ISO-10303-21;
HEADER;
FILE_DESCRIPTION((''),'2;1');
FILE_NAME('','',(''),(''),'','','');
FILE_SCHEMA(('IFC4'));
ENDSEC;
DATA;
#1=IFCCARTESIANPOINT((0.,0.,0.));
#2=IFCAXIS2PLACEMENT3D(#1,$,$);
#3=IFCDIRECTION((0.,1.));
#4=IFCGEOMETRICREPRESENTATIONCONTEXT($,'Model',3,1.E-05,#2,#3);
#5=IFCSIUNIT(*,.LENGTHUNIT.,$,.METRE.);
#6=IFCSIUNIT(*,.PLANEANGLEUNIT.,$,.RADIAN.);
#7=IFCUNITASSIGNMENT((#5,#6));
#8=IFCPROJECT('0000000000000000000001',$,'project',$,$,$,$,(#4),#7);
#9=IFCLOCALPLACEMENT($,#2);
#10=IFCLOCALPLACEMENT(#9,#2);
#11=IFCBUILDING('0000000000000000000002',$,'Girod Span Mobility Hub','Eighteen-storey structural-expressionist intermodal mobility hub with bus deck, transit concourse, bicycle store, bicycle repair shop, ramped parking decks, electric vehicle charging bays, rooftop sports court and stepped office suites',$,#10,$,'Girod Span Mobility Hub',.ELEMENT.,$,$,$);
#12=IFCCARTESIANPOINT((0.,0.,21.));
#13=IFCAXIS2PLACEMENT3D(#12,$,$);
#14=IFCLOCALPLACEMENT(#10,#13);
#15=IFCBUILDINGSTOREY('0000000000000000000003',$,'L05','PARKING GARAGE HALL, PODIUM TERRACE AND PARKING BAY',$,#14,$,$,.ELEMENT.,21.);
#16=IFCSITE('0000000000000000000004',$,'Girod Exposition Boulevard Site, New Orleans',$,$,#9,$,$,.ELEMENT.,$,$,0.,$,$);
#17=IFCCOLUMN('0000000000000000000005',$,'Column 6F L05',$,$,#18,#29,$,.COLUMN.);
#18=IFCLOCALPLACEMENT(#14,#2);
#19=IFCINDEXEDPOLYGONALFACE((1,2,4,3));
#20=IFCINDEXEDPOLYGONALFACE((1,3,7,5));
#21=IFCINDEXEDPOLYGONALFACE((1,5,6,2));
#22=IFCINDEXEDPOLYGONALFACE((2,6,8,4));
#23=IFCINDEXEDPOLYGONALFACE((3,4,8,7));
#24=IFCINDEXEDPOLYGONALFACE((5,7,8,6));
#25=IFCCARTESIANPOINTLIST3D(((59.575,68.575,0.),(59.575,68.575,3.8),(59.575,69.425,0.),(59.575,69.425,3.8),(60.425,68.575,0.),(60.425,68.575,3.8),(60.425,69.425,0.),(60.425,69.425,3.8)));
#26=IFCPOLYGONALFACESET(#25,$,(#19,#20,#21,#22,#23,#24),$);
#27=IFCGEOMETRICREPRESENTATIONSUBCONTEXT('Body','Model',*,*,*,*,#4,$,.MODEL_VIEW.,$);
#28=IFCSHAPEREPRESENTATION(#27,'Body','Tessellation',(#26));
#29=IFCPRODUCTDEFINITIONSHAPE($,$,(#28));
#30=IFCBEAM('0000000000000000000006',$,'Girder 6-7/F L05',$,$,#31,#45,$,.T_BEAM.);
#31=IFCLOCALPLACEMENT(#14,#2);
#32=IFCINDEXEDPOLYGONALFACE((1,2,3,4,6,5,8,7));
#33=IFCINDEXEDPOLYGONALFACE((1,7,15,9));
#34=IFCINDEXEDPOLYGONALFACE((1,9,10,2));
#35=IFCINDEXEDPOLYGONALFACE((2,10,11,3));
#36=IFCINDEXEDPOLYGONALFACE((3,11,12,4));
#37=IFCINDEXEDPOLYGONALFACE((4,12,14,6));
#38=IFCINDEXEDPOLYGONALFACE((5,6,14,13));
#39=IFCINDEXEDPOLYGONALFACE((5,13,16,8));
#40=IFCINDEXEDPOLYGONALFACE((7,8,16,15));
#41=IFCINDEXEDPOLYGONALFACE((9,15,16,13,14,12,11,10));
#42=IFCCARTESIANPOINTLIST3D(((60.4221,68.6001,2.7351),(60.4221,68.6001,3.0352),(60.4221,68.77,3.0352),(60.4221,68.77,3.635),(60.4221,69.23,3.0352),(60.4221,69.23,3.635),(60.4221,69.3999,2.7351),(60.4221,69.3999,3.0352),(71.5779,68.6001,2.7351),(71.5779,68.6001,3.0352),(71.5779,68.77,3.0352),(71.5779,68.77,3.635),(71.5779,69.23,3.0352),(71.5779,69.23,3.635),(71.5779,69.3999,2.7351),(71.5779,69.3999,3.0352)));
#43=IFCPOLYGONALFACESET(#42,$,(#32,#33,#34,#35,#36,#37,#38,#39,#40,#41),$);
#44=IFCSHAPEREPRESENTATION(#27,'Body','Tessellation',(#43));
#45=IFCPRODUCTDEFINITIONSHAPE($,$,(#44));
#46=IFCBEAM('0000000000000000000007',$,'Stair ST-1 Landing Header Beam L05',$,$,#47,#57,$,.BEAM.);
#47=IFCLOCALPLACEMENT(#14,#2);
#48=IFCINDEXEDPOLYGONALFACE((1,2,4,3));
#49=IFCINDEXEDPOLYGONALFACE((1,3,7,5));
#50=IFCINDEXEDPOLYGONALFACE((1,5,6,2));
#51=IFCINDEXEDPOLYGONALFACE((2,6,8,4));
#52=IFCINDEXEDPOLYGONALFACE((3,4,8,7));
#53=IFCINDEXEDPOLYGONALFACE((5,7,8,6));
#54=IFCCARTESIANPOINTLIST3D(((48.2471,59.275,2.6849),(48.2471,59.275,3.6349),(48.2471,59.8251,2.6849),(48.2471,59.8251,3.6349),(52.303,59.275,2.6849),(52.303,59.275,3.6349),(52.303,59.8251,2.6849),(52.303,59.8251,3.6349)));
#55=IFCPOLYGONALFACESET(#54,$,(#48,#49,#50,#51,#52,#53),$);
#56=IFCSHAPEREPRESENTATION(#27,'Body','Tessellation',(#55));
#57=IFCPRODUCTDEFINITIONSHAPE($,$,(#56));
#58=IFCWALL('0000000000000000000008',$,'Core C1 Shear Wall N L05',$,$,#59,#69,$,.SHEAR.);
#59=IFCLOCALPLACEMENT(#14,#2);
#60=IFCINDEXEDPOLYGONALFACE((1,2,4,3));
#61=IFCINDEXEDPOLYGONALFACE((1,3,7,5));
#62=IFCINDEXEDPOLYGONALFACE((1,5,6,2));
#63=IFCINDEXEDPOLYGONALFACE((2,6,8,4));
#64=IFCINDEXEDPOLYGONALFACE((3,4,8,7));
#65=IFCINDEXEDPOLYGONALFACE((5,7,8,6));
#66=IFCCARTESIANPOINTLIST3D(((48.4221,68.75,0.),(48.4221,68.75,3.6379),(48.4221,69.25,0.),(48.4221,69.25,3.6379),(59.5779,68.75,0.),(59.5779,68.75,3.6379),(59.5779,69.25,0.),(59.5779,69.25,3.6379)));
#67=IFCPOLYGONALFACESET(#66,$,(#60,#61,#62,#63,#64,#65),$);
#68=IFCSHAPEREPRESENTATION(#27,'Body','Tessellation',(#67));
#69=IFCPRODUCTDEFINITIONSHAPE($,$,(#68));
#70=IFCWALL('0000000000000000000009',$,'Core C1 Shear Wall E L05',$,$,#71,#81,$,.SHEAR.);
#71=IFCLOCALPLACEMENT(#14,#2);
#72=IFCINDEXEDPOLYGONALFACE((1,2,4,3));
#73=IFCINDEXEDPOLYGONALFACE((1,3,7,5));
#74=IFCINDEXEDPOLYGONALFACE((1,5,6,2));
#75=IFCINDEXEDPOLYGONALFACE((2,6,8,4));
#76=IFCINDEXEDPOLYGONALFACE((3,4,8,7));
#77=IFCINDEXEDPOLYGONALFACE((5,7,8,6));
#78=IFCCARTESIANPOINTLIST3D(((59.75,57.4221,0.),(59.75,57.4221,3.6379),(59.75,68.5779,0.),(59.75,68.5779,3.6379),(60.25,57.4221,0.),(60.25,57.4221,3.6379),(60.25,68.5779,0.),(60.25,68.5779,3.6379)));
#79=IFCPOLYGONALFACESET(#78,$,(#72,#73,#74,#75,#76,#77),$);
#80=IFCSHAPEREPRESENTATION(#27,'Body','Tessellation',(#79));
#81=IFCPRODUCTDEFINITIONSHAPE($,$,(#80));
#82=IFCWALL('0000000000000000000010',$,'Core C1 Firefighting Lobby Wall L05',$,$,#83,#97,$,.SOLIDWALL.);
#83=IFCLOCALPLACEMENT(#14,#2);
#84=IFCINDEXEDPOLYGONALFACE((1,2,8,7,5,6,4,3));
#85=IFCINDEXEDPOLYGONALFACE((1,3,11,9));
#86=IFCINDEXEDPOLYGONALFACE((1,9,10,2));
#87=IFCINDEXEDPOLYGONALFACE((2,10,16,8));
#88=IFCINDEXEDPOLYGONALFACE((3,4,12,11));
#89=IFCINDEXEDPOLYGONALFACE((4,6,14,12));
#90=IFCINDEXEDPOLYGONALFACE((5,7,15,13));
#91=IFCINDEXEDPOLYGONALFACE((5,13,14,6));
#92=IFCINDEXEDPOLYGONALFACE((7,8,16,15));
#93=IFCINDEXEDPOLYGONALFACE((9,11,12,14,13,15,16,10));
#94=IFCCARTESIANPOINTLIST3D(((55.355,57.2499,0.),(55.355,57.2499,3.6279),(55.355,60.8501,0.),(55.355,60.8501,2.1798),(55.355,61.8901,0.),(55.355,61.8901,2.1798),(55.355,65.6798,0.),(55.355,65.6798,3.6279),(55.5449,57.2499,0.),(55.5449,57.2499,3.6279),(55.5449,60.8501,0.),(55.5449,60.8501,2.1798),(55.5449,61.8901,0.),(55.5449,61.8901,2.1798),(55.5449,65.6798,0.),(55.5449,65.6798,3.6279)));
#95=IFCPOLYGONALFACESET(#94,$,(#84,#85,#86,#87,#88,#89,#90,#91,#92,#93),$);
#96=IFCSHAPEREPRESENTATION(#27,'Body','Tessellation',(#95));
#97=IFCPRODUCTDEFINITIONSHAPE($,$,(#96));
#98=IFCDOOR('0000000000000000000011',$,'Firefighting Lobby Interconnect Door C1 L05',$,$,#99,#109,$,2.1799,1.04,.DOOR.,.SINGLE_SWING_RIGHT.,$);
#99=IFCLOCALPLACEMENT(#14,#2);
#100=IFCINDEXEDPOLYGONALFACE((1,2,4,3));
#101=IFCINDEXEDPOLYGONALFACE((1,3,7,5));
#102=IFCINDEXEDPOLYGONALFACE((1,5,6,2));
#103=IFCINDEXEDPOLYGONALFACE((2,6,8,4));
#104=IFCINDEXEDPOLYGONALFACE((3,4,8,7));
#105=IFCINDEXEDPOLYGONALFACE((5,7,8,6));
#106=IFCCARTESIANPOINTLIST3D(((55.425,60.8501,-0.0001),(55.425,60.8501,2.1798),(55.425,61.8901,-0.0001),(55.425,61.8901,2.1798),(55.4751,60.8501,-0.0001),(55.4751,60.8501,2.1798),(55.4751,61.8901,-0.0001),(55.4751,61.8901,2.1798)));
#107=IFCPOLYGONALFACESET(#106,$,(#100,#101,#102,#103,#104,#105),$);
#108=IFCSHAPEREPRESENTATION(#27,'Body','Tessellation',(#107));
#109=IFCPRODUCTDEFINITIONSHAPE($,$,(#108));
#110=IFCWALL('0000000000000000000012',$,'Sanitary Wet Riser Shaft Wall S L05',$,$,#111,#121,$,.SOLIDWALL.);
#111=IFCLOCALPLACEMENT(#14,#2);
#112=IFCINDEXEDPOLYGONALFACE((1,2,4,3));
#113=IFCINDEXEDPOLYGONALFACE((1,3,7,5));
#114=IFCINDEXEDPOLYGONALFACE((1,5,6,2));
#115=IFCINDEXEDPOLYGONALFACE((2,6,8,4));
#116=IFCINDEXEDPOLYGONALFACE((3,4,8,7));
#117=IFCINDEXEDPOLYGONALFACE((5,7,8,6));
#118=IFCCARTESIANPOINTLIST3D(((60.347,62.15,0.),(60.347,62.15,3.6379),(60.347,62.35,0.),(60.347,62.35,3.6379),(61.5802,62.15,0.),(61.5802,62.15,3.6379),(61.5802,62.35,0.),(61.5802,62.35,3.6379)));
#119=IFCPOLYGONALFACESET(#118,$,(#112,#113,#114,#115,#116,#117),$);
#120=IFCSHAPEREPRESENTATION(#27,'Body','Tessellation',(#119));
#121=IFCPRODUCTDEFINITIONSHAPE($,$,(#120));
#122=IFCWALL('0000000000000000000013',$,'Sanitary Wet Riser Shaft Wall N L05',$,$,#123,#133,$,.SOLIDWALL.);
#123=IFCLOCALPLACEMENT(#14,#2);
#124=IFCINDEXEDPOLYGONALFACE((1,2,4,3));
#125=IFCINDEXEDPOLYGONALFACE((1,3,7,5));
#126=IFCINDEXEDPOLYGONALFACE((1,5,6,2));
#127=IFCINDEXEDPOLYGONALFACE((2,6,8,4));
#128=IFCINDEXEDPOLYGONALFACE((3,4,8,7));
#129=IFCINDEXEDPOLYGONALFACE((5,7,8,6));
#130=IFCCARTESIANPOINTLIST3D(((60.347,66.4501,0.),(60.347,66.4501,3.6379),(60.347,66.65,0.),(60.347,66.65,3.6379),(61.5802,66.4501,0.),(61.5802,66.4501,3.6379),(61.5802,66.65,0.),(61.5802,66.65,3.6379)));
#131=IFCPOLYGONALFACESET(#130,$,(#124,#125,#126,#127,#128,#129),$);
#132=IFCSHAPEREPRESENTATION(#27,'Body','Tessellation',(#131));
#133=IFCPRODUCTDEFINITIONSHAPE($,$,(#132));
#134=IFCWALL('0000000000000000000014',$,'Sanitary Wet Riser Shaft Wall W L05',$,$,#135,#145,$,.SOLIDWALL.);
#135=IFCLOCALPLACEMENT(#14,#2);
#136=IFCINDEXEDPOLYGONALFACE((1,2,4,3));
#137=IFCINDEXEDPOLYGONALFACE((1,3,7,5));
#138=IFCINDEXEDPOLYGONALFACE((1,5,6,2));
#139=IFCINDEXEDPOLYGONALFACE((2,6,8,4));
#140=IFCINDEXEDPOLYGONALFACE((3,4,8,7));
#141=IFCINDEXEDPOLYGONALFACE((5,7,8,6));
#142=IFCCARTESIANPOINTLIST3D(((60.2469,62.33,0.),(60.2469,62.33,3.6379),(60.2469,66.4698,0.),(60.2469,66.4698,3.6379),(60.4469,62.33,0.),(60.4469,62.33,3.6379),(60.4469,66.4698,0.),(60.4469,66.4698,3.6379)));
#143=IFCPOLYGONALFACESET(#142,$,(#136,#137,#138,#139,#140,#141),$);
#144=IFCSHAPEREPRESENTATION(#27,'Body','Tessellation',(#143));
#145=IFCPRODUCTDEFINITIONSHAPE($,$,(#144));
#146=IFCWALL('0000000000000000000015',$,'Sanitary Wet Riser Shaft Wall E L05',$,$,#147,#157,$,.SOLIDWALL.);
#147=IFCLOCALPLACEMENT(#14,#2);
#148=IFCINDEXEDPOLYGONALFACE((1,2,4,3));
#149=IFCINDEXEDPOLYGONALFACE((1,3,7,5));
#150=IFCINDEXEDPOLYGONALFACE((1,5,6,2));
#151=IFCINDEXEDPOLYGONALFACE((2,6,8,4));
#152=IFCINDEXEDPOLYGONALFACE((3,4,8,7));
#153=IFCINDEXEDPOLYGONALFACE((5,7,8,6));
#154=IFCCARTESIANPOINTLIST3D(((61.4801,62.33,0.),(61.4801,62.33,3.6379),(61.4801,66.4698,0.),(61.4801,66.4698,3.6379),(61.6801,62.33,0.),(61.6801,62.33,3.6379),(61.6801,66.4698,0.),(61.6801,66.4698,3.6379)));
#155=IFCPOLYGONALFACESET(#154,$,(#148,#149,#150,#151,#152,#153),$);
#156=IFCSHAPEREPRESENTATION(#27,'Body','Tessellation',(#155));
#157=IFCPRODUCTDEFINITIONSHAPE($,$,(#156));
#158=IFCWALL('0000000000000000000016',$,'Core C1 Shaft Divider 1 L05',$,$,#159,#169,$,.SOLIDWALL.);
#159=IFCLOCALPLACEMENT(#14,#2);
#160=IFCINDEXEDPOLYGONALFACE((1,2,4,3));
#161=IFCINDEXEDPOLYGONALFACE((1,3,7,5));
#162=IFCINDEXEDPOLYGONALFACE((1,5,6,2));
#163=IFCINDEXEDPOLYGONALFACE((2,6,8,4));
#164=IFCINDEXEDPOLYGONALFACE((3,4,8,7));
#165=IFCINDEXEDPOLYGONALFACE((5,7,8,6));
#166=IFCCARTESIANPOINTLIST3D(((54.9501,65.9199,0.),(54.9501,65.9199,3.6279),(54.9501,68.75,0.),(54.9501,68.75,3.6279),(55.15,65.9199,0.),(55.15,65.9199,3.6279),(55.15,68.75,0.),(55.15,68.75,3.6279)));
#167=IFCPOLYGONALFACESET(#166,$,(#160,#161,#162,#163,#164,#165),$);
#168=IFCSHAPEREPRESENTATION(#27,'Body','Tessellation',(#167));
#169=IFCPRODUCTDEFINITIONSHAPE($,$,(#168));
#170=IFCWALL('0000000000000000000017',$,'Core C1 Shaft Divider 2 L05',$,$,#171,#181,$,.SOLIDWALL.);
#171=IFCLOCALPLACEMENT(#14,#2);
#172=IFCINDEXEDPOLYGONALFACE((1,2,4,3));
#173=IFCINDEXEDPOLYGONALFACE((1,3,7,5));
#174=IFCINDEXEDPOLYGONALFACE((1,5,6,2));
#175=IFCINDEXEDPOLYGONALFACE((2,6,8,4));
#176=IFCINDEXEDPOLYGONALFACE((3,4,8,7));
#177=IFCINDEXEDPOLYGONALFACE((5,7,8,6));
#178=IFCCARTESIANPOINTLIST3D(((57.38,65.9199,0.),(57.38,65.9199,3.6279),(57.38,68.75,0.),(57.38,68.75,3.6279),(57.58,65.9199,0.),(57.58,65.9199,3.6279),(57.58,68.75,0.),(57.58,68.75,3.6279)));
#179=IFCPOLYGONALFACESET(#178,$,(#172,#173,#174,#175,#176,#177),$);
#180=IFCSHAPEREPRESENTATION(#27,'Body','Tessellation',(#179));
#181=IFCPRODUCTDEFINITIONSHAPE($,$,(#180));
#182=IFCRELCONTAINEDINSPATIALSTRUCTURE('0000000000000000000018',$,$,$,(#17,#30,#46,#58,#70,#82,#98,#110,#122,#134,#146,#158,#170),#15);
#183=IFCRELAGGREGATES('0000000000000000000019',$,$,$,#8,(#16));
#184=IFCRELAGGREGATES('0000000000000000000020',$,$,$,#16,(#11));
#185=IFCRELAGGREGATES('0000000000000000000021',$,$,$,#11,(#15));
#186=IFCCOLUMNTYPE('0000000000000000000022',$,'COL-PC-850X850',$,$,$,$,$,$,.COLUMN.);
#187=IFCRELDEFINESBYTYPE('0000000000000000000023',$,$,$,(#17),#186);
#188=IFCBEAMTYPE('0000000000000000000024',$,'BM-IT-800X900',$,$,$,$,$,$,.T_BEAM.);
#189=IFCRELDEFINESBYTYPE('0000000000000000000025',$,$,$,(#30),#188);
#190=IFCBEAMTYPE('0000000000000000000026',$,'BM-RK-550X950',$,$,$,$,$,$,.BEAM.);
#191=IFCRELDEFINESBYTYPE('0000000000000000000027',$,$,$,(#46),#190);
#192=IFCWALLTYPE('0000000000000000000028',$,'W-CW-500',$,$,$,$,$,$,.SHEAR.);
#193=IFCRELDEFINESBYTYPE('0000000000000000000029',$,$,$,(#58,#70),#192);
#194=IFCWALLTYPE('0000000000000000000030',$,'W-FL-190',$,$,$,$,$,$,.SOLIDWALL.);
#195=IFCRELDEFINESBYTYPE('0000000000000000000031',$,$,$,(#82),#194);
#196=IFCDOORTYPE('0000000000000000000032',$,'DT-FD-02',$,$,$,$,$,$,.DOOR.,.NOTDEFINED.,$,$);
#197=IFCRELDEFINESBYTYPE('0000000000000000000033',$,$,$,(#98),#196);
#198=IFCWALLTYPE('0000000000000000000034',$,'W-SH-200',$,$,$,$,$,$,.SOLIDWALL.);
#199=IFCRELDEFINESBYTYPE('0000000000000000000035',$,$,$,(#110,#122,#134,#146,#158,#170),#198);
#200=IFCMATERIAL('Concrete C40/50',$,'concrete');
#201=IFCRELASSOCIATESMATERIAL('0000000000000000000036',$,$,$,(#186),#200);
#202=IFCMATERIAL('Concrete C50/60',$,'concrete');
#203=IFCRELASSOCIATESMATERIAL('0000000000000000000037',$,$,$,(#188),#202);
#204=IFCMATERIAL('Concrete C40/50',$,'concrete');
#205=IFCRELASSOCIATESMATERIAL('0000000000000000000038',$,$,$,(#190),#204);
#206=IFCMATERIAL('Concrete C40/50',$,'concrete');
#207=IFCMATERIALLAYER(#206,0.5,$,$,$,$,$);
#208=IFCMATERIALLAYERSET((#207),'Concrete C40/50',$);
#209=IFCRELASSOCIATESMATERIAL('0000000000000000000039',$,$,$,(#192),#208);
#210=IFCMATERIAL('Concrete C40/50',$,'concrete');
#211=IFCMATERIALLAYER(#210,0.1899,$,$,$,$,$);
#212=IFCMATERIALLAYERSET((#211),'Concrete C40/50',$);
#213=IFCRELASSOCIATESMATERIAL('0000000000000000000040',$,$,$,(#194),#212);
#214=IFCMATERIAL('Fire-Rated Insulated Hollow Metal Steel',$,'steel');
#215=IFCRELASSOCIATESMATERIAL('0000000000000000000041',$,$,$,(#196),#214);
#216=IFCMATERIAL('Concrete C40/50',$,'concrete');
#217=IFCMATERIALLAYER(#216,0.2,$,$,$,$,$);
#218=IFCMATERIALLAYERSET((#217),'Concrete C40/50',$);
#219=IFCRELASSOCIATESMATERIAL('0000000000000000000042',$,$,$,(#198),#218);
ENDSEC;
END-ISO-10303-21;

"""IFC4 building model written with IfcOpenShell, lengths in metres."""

from ifc_helpers import new_model, si_unit, direction, frame, frame_2d, origin, origin_2d, place, context, subcontext, project, spatial, polyline, rectangle, outline, extrude, material, layer, layer_set, material_profile, profile_set, type_object, element, fill, save


model = new_model("IFC4")

# Units and contexts
model_context = context("Model", 3, precision=1e-05, world=origin(), true_north=direction((0.0, 1.0)))
body_context = subcontext(model_context, "Body", "Model", "MODEL_VIEW")
ifc_project = project(units=[si_unit("LENGTHUNIT", "METRE"), si_unit("PLANEANGLEUNIT", "RADIAN")], contexts=[model_context])

# Site, building, storey
site_placement = place(None, origin())
site = spatial("IfcSite", under=ifc_project, at=site_placement, Name="Girod Exposition Boulevard Site, New Orleans", CompositionType="ELEMENT", RefElevation=0.0)
building_placement = place(site_placement, origin())
building = spatial("IfcBuilding", under=site, at=building_placement, Name="Girod Span Mobility Hub", Description="Eighteen-storey structural-expressionist intermodal mobility hub with bus deck, transit concourse, bicycle store, bicycle repair shop, ramped parking decks, electric vehicle charging bays, rooftop sports court and stepped office suites", LongName="Girod Span Mobility Hub", CompositionType="ELEMENT")
storey_placement = place(building_placement, frame((0.0, 0.0, 21.0)))
storey = spatial("IfcBuildingStorey", under=building, at=storey_placement, Name="L05", Description="PARKING GARAGE HALL, PODIUM TERRACE AND PARKING BAY", CompositionType="ELEMENT", Elevation=21.0)

# Column
ifc_material_1 = material(Name="Concrete C40/50", Category="concrete")
ifc_material_profile_1 = material_profile(ifc_material_1, rectangle(XDim=0.8501, YDim=0.8501, at=origin_2d()), Name="PC-COL-850X850")
ifc_profile_set_1 = profile_set([ifc_material_profile_1], Name="Concrete C40/50")
column_type = type_object("IfcColumnType", Name="COL-PC-850X850", PredefinedType="COLUMN", material=ifc_profile_set_1)
column_placement = place(storey_placement, frame((60.0, 69.0, 0.0), z_axis=(0.0, 0.0, 1.0), x_axis=(1.0, 0.0, 0.0)))
element("IfcColumn", 1, at=column_placement, inside=storey, type_object=column_type, Name="Column 6F L05", PredefinedType="COLUMN", context=body_context, shape_type="SweptSolid", body=[
    extrude(rectangle(XDim=0.8501, YDim=0.8501, at=origin_2d()), origin(), (0.0, 0.0, 1.0), 3.8),
])

# Beams
ifc_material_2 = material(Name="Concrete C50/60", Category="concrete")
ifc_material_profile_2 = material_profile(ifc_material_2, outline(polyline([(-0.3999, -0.45), (0.3999, -0.45), (0.3999, -0.1499), (0.23, -0.1499), (0.23, 0.45), (-0.23, 0.45), (-0.23, -0.1499), (-0.3999, -0.1499), (-0.3999, -0.45)])), Name="IT-800X900")
ifc_profile_set_2 = profile_set([ifc_material_profile_2], Name="Concrete C50/60")
beam_type_1 = type_object("IfcBeamType", Name="BM-IT-800X900", PredefinedType="T_BEAM", material=ifc_profile_set_2)
beam_1_placement = place(storey_placement, frame((60.4221, 69.0, 3.1851), z_axis=(1.0, 0.0, 0.0), x_axis=(0.0, 1.0, 0.0)))
element("IfcBeam", 2, at=beam_1_placement, inside=storey, type_object=beam_type_1, Name="Girder 6-7/F L05", PredefinedType="T_BEAM", context=body_context, shape_type="SweptSolid", body=[
    extrude(outline(polyline([(-0.3999, -0.45), (0.3999, -0.45), (0.3999, -0.1499), (0.23, -0.1499), (0.23, 0.45), (-0.23, 0.45), (-0.23, -0.1499), (-0.3999, -0.1499), (-0.3999, -0.45)])), origin(), (0.0, 0.0, 1.0), 11.1558),
])
ifc_material_3 = material(Name="Concrete C40/50", Category="concrete")
ifc_material_profile_3 = material_profile(ifc_material_3, rectangle(XDim=0.55, YDim=0.95, at=origin_2d()), Name="RK-550X950")
ifc_profile_set_3 = profile_set([ifc_material_profile_3], Name="Concrete C40/50")
beam_type_2 = type_object("IfcBeamType", Name="BM-RK-550X950", PredefinedType="BEAM", material=ifc_profile_set_3)
beam_2_placement = place(storey_placement, frame((48.2471, 59.55, 3.1599), z_axis=(1.0, 0.0, 0.0), x_axis=(0.0, 1.0, 0.0)))
element("IfcBeam", 3, at=beam_2_placement, inside=storey, type_object=beam_type_2, Name="Stair ST-1 Landing Header Beam L05", PredefinedType="BEAM", context=body_context, shape_type="SweptSolid", body=[
    extrude(rectangle(XDim=0.55, YDim=0.95, at=origin_2d()), origin(), (0.0, 0.0, 1.0), 4.0559),
])

# Walls
ifc_material_4 = material(Name="Concrete C40/50", Category="concrete")
ifc_layer_1 = layer(ifc_material_4, 0.5)
ifc_layer_set_1 = layer_set([ifc_layer_1], Name="Concrete C40/50")
wall_type_1 = type_object("IfcWallType", Name="W-CW-500", PredefinedType="SHEAR", material=ifc_layer_set_1)
for number, where, z_axis, x_axis, name in (
    (4, (48.4221, 69.0, 0.0), (0.0, 0.0, 1.0), (1.0, 0.0, 0.0), "Core C1 Shear Wall N L05"),
    (5, (60.0, 57.4221, 0.0), (0.0, 0.0, 1.0), (0.0, 1.0, 0.0), "Core C1 Shear Wall E L05"),
):
    element("IfcWall", number, at=place(storey_placement, frame(where, z_axis=z_axis, x_axis=x_axis)), inside=storey, type_object=wall_type_1, Name=name, PredefinedType="SHEAR", context=body_context, shape_type="SweptSolid", body=[
        extrude(rectangle(XDim=11.1558, YDim=0.5, at=frame_2d((5.5779, 0.0))), origin(), (0.0, 0.0, 1.0), 3.6379),
    ])

# Wall, opening, door
ifc_material_5 = material(Name="Concrete C40/50", Category="concrete")
ifc_layer_2 = layer(ifc_material_5, 0.1899)
ifc_layer_set_2 = layer_set([ifc_layer_2], Name="Concrete C40/50")
wall_type_2 = type_object("IfcWallType", Name="W-FL-190", PredefinedType="SOLIDWALL", material=ifc_layer_set_2)
wall_1_placement = place(storey_placement, frame((55.45, 57.25, 0.0), z_axis=(0.0, 0.0, 1.0), x_axis=(0.0, 1.0, 0.0)))
wall_1 = element("IfcWall", 6, at=wall_1_placement, inside=storey, type_object=wall_type_2, Name="Core C1 Firefighting Lobby Wall L05", PredefinedType="SOLIDWALL", context=body_context, shape_type="SweptSolid", body=[
    extrude(rectangle(XDim=8.4299, YDim=0.1899, at=frame_2d((4.2148, 0.0))), origin(), (0.0, 0.0, 1.0), 3.6279),
])
opening_1_placement = place(wall_1_placement, frame((3.6001, 0.0, 0.0)))
opening_1 = element("IfcOpeningElement", 7, at=opening_1_placement, cuts=wall_1, PredefinedType="OPENING", context=body_context, shape_type="SweptSolid", body=[
    extrude(rectangle(XDim=1.04, YDim=2.1799, at=frame_2d((0.52, 1.0898))), frame((0.0, 0.1099, 0.0), z_axis=(0.0, -1.0, 0.0), x_axis=(1.0, 0.0, 0.0)), (0.0, 0.0, 1.0), 0.22),
])
ifc_material_6 = material(Name="Fire-Rated Insulated Hollow Metal Steel", Category="steel")
door_type_1 = type_object("IfcDoorType", Name="DT-FD-02", OperationType="NOTDEFINED", PredefinedType="DOOR", material=ifc_material_6)
door_1_placement = place(opening_1_placement, origin())
door_1 = element("IfcDoor", 8, at=door_1_placement, inside=storey, type_object=door_type_1, Name="Firefighting Lobby Interconnect Door C1 L05", OperationType="SINGLE_SWING_RIGHT", OverallHeight=2.1799, OverallWidth=1.04, PredefinedType="DOOR", context=body_context, shape_type="SweptSolid", body=[
    extrude(rectangle(XDim=1.04, YDim=2.1799, at=frame_2d((0.52, 1.0898))), frame((0.0, 0.0249, 0.0), z_axis=(0.0, -1.0, 0.0), x_axis=(1.0, 0.0, 0.0)), (0.0, 0.0, 1.0), 0.05),
])
fill(opening_1, door_1)

# Walls
ifc_material_7 = material(Name="Concrete C40/50", Category="concrete")
ifc_layer_3 = layer(ifc_material_7, 0.2)
ifc_layer_set_3 = layer_set([ifc_layer_3], Name="Concrete C40/50")
wall_type_3 = type_object("IfcWallType", Name="W-SH-200", PredefinedType="SOLIDWALL", material=ifc_layer_set_3)
for number, where, z_axis, x_axis, name in (
    (9, (60.3469, 62.25, 0.0), (0.0, 0.0, 1.0), (1.0, 0.0, 0.0), "Sanitary Wet Riser Shaft Wall S L05"),
    (10, (60.3469, 66.55, 0.0), (0.0, 0.0, 1.0), (1.0, 0.0, 0.0), "Sanitary Wet Riser Shaft Wall N L05"),
):
    element("IfcWall", number, at=place(storey_placement, frame(where, z_axis=z_axis, x_axis=x_axis)), inside=storey, type_object=wall_type_3, Name=name, PredefinedType="SOLIDWALL", context=body_context, shape_type="SweptSolid", body=[
        extrude(rectangle(XDim=1.2332, YDim=0.2, at=frame_2d((0.6167, 0.0))), origin(), (0.0, 0.0, 1.0), 3.6379),
    ])
for number, where, z_axis, x_axis, name in (
    (11, (60.3469, 62.3301, 0.0), (0.0, 0.0, 1.0), (0.0, 1.0, 0.0), "Sanitary Wet Riser Shaft Wall W L05"),
    (12, (61.5801, 62.3301, 0.0), (0.0, 0.0, 1.0), (0.0, 1.0, 0.0), "Sanitary Wet Riser Shaft Wall E L05"),
):
    element("IfcWall", number, at=place(storey_placement, frame(where, z_axis=z_axis, x_axis=x_axis)), inside=storey, type_object=wall_type_3, Name=name, PredefinedType="SOLIDWALL", context=body_context, shape_type="SweptSolid", body=[
        extrude(rectangle(XDim=4.1399, YDim=0.2, at=frame_2d((2.0698, 0.0))), origin(), (0.0, 0.0, 1.0), 3.6379),
    ])
for number, where, z_axis, x_axis, name in (
    (13, (55.05, 65.9199, 0.0), (0.0, 0.0, 1.0), (0.0, 1.0, 0.0), "Core C1 Shaft Divider 1 L05"),
    (14, (57.48, 65.9199, 0.0), (0.0, 0.0, 1.0), (0.0, 1.0, 0.0), "Core C1 Shaft Divider 2 L05"),
):
    element("IfcWall", number, at=place(storey_placement, frame(where, z_axis=z_axis, x_axis=x_axis)), inside=storey, type_object=wall_type_3, Name=name, PredefinedType="SOLIDWALL", context=body_context, shape_type="SweptSolid", body=[
        extrude(rectangle(XDim=2.8301, YDim=0.2, at=frame_2d((1.415, 0.0))), origin(), (0.0, 0.0, 1.0), 3.6279),
    ])

save(model, "model.ifc")
